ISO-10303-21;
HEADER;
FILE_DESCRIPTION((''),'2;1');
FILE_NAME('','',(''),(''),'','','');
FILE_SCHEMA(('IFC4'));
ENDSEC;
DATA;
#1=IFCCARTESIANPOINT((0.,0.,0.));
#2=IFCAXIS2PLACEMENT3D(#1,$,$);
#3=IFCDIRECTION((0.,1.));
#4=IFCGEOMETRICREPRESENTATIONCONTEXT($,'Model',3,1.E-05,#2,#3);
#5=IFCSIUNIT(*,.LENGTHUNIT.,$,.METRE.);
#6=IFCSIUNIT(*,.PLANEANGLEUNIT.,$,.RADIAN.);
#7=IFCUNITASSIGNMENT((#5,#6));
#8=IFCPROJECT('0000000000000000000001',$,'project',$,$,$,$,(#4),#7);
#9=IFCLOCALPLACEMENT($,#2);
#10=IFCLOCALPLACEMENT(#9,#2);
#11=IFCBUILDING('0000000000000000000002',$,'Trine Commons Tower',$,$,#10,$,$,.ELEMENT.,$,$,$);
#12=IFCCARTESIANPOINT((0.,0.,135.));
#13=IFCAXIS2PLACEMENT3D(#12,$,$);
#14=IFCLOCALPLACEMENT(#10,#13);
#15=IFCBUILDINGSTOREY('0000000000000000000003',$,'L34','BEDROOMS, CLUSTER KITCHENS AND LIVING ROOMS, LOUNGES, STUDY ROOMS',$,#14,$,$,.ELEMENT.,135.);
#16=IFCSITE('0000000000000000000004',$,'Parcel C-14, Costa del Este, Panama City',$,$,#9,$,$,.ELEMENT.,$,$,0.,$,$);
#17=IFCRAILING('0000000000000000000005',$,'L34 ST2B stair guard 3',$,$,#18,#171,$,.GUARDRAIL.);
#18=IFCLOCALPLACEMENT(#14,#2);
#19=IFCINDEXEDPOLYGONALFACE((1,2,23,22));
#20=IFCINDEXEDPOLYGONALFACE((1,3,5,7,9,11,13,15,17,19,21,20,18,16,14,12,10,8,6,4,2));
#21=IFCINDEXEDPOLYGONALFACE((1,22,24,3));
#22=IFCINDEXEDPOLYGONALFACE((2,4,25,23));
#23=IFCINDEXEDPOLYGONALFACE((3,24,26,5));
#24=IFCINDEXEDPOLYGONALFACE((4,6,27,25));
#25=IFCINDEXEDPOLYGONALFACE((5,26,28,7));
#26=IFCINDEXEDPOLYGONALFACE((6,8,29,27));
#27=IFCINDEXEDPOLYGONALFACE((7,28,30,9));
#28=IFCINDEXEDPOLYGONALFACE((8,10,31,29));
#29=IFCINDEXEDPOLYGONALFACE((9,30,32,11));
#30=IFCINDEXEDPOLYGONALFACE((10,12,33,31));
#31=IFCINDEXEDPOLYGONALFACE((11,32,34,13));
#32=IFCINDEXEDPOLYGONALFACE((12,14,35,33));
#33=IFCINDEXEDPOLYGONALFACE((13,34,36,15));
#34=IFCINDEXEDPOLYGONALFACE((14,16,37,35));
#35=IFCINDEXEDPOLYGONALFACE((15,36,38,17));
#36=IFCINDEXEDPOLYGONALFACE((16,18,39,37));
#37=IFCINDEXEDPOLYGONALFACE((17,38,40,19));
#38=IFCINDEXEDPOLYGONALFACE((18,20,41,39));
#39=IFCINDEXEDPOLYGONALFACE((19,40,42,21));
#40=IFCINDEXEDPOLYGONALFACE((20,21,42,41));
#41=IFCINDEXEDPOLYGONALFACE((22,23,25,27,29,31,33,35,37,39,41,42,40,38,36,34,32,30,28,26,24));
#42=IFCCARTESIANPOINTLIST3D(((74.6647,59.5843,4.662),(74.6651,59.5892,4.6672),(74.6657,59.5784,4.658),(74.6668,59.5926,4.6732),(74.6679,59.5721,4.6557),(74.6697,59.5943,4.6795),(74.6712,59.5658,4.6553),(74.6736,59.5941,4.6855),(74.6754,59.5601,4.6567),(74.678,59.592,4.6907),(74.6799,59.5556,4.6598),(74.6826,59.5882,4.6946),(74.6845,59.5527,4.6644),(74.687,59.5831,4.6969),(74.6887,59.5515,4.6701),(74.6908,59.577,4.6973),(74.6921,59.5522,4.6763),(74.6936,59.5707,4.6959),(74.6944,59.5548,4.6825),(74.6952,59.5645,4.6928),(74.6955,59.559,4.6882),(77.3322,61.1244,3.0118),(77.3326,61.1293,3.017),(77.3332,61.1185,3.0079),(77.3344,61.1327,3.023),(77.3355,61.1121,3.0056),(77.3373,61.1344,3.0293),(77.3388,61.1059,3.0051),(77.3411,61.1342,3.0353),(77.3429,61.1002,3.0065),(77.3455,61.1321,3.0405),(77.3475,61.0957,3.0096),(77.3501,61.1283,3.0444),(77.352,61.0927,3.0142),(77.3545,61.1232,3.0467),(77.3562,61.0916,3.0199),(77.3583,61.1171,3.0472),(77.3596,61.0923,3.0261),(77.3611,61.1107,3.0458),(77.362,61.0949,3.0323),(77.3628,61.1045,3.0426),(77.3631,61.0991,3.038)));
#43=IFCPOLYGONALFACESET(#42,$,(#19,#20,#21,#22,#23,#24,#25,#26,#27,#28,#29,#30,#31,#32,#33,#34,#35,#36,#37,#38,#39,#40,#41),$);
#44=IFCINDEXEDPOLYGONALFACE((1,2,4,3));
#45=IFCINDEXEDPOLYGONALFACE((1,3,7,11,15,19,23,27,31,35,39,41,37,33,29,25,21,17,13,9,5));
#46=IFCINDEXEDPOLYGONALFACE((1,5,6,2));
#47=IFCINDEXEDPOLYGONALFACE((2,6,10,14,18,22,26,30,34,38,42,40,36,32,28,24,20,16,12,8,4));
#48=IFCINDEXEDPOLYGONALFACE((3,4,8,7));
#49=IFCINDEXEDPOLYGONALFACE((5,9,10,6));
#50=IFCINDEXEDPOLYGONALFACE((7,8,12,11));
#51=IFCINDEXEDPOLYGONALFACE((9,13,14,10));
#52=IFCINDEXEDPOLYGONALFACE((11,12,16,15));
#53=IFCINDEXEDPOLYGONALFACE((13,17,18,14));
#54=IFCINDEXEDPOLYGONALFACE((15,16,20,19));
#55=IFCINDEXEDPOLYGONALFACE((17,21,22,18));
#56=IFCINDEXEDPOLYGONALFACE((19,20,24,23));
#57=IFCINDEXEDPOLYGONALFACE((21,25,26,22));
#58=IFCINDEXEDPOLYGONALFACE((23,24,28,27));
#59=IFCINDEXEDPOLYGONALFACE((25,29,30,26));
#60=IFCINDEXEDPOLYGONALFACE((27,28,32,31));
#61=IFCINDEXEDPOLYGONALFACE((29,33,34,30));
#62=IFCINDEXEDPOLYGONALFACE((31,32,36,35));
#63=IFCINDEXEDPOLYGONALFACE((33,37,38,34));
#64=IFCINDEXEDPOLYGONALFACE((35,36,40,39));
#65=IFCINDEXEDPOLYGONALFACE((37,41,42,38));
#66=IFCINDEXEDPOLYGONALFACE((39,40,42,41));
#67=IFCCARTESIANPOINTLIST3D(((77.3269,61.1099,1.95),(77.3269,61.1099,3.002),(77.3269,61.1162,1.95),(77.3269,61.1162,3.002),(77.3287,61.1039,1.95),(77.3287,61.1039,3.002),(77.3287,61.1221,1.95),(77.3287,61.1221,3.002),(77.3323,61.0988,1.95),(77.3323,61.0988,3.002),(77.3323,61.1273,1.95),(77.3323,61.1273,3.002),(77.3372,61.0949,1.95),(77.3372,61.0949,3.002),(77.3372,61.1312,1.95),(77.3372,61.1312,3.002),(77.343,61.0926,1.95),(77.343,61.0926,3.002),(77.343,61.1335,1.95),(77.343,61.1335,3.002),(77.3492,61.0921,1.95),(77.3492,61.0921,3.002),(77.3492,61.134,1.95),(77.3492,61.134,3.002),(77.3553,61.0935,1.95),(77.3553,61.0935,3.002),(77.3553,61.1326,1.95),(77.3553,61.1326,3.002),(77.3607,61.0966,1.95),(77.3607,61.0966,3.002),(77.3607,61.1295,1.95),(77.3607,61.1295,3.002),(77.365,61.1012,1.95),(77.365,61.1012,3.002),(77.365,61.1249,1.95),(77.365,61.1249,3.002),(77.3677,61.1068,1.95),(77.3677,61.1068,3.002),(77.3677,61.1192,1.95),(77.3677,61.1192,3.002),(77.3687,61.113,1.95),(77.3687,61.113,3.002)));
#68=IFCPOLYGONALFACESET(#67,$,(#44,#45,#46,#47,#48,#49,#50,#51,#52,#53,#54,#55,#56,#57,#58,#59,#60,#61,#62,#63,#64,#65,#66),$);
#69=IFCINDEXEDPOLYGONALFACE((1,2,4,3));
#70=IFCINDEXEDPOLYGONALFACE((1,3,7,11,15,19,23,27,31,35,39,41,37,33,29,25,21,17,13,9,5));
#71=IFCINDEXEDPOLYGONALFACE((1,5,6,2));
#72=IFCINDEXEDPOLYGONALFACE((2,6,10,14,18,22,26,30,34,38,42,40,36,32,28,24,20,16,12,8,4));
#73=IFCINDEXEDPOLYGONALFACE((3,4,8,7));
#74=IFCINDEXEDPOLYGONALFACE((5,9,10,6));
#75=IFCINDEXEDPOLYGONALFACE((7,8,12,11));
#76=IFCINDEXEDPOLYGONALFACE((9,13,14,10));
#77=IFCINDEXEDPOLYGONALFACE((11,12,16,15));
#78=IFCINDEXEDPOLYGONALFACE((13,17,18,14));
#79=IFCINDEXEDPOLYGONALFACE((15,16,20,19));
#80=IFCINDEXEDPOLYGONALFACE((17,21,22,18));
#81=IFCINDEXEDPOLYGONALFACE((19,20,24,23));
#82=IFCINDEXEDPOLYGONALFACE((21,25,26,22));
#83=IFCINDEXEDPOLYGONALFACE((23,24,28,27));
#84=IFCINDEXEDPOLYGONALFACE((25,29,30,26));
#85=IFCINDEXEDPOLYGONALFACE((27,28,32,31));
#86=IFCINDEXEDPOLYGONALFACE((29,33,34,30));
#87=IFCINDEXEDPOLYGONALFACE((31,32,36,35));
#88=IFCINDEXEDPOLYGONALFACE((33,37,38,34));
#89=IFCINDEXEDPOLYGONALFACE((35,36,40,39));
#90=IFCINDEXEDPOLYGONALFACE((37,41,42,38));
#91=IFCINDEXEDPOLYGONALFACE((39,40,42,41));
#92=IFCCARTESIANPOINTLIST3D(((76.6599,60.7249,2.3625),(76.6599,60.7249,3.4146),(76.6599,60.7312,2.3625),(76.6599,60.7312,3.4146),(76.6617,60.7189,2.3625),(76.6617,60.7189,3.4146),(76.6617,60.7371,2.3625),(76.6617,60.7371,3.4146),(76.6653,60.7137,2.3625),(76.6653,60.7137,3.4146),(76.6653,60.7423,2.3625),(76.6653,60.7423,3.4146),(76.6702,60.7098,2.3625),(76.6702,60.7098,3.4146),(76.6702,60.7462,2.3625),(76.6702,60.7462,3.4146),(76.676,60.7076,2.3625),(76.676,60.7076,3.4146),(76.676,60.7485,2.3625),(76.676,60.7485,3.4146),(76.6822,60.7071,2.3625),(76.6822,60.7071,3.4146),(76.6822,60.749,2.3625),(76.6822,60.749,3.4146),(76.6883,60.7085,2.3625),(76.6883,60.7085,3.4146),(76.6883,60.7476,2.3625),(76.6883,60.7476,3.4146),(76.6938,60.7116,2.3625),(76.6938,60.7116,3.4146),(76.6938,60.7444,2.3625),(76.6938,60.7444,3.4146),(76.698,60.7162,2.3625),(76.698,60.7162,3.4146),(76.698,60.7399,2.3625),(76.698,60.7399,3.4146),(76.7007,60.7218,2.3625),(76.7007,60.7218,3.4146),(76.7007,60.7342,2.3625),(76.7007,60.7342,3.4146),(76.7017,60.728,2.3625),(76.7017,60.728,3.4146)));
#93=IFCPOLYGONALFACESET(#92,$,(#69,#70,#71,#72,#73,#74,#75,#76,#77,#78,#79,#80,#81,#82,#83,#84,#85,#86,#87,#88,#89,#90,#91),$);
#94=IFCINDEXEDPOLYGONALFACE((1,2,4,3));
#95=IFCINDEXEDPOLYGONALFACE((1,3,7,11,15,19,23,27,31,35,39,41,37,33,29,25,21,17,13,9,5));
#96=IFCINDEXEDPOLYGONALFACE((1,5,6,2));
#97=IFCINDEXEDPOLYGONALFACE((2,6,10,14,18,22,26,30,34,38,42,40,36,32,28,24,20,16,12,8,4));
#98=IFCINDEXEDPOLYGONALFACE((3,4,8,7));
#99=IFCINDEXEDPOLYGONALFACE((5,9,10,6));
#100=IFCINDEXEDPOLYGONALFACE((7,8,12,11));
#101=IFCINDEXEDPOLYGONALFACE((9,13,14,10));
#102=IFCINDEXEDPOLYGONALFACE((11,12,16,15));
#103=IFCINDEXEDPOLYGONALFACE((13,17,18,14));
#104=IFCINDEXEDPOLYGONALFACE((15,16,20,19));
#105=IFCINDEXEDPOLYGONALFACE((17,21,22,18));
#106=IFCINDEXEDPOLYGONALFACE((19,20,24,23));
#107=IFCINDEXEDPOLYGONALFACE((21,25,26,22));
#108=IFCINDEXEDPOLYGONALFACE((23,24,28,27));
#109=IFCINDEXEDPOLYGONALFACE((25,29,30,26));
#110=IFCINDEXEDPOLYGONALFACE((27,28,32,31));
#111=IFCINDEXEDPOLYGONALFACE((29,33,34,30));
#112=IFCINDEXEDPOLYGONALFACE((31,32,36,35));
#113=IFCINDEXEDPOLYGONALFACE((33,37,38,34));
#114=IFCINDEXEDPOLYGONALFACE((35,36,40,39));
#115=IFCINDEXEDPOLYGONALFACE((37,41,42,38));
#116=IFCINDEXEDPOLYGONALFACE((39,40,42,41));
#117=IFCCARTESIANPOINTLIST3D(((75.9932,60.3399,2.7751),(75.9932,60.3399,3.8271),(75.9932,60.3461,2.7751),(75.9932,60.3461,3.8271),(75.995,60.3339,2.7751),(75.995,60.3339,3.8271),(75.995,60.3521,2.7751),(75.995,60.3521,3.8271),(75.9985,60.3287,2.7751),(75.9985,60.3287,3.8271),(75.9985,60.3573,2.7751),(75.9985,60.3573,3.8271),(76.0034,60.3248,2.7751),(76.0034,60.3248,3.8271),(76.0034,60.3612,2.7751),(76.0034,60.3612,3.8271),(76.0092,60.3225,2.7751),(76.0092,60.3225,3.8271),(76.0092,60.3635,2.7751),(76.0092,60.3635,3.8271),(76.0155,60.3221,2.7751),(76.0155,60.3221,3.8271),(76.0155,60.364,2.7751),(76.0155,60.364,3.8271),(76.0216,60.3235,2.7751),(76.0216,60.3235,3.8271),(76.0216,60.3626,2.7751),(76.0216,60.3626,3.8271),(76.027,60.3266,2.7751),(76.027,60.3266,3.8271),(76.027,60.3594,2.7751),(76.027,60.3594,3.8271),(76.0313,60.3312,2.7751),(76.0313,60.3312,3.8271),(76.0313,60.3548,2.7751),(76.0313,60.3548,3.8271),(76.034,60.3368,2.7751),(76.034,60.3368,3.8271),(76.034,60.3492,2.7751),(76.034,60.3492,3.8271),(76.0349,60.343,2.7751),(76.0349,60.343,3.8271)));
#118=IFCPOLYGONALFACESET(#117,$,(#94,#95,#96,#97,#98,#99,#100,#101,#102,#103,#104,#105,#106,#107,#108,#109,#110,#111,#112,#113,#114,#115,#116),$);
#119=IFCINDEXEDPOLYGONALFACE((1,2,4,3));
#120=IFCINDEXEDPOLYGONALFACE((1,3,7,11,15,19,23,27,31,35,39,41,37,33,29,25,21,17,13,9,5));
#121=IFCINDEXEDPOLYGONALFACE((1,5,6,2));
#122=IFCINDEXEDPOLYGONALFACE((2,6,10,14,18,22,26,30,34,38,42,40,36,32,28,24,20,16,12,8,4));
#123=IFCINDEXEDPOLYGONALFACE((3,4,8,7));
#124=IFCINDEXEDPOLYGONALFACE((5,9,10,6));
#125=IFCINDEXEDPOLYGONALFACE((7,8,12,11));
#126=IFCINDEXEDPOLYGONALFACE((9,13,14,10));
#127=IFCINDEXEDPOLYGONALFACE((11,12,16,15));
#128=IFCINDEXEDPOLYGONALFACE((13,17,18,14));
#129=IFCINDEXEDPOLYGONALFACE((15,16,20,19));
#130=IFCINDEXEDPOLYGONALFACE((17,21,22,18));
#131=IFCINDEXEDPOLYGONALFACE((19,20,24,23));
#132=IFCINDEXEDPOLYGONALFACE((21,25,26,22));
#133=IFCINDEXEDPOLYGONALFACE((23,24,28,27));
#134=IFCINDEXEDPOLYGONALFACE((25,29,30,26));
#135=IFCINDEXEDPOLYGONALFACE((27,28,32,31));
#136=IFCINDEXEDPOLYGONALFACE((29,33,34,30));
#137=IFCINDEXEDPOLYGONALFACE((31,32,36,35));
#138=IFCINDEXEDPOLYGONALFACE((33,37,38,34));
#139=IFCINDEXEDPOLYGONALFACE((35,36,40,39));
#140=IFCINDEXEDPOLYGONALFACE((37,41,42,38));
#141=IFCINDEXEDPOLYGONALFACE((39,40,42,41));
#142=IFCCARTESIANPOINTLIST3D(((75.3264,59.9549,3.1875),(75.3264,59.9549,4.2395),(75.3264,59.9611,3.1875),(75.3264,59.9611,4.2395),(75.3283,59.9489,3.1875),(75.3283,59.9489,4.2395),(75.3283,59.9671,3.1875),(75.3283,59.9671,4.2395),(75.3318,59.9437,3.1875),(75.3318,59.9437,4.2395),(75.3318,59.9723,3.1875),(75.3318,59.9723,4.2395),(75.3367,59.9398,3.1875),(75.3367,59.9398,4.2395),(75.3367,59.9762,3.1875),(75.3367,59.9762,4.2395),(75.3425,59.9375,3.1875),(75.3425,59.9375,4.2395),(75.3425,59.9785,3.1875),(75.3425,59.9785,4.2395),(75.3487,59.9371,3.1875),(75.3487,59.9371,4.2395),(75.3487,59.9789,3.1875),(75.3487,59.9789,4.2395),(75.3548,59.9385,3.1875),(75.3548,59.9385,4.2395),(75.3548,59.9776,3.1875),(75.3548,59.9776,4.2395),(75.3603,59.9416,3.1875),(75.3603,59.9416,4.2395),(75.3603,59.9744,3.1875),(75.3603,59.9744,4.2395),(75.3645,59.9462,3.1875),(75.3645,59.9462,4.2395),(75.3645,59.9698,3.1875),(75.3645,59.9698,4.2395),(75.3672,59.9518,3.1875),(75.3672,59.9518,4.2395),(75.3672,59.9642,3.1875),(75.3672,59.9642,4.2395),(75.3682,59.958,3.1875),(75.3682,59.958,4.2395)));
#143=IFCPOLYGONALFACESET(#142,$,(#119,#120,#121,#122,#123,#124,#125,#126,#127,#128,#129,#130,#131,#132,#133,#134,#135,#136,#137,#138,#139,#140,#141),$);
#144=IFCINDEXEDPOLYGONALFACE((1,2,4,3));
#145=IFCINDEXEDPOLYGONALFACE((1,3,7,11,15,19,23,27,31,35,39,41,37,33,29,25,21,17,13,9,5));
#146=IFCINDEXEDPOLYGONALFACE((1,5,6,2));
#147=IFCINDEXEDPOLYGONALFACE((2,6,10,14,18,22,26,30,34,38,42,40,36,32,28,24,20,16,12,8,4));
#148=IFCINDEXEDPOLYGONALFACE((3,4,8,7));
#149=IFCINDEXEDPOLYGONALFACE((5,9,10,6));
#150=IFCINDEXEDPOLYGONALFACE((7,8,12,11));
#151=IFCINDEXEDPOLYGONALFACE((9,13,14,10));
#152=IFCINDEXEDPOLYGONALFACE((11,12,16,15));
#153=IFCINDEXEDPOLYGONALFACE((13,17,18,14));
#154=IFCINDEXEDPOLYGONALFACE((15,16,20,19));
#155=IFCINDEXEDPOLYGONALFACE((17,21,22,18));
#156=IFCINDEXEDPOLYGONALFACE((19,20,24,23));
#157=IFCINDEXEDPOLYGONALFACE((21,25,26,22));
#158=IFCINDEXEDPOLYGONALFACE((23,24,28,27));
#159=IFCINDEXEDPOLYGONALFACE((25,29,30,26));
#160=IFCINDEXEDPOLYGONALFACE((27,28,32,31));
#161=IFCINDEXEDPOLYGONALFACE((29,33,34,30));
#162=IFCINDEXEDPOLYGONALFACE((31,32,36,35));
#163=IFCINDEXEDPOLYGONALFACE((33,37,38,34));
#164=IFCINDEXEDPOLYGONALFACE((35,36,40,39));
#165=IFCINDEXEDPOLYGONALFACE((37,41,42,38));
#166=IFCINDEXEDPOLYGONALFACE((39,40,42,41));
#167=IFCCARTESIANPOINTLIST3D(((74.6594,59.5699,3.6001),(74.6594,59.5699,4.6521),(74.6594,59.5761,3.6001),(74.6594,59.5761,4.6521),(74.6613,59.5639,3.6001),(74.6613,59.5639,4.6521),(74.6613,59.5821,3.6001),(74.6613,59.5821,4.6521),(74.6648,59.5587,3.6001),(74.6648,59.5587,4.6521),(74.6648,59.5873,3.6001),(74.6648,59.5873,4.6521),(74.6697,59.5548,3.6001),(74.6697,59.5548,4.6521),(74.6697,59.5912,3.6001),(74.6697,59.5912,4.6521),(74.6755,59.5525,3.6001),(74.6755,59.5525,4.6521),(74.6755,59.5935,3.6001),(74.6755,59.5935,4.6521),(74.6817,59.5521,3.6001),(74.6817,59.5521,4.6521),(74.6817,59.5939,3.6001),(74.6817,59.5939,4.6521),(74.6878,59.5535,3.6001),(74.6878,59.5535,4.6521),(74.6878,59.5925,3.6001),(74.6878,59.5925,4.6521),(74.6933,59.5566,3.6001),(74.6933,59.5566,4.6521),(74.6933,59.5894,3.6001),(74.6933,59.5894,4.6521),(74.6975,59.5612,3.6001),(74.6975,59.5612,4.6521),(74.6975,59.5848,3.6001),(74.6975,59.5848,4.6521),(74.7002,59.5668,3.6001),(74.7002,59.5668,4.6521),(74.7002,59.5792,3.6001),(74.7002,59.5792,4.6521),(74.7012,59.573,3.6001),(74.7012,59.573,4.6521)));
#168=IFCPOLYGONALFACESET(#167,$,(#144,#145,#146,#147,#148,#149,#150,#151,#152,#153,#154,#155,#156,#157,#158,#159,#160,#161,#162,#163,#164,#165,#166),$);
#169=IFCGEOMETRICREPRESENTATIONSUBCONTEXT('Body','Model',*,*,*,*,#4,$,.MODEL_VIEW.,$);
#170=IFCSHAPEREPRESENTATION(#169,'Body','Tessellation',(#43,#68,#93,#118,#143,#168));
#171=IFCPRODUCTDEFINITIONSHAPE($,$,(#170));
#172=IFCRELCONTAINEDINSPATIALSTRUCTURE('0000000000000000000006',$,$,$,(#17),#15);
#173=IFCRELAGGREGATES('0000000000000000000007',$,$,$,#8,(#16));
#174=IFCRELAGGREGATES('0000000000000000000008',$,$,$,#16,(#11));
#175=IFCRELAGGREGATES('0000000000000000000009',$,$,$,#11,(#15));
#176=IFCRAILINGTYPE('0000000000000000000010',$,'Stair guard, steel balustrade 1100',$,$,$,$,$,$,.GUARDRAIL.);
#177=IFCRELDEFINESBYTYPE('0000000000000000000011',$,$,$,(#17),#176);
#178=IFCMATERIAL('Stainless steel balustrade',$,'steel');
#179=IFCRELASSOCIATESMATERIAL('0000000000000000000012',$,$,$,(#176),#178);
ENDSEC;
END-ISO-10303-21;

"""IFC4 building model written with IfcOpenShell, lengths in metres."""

from ifc_helpers import new_model, si_unit, direction, frame, origin, origin_2d, place, context, subcontext, project, spatial, circle, extrude, material, type_object, element, save


model = new_model("IFC4")

# Units and contexts
model_context = context("Model", 3, precision=1e-05, world=origin(), true_north=direction((0.0, 1.0)))
body_context = subcontext(model_context, "Body", "Model", "MODEL_VIEW")
ifc_project = project(units=[si_unit("LENGTHUNIT", "METRE"), si_unit("PLANEANGLEUNIT", "RADIAN")], contexts=[model_context])

# Site, building, storey
site_placement = place(None, origin())
site = spatial("IfcSite", under=ifc_project, at=site_placement, Name="Parcel C-14, Costa del Este, Panama City", CompositionType="ELEMENT", RefElevation=0.0)
building_placement = place(site_placement, origin())
building = spatial("IfcBuilding", under=site, at=building_placement, Name="Trine Commons Tower", CompositionType="ELEMENT")
storey_placement = place(building_placement, frame((0.0, 0.0, 135.0)))
storey = spatial("IfcBuildingStorey", under=building, at=storey_placement, Name="L34", Description="BEDROOMS, CLUSTER KITCHENS AND LIVING ROOMS, LOUNGES, STUDY ROOMS", CompositionType="ELEMENT", Elevation=135.0)

# Railing
ifc_material_1 = material(Name="Stainless steel balustrade", Category="steel")
railing_type_1 = type_object("IfcRailingType", Name="Stair guard, steel balustrade 1100", PredefinedType="GUARDRAIL", material=ifc_material_1)
railing_1_placement = place(storey_placement, frame((77.3477, 61.113, 1.95)))
element("IfcRailing", 1, at=railing_1_placement, inside=storey, type_object=railing_type_1, Name="L34 ST2B stair guard 3", PredefinedType="GUARDRAIL", context=body_context, shape_type="SweptSolid", body=[
    extrude(circle(Radius=0.0239, at=origin_2d()), frame((0.0, 0.0, 1.0762), z_axis=(-0.76338, -0.440728, 0.472239), x_axis=(0.499992, -0.86603, 0.0)), (0.0, 0.0, 1.0), 3.4944),
    extrude(circle(Radius=0.021, at=origin_2d()), origin(), (0.0, 0.0, 1.0), 1.052),
    extrude(circle(Radius=0.021, at=origin_2d()), frame((-0.667, -0.385, 0.4126)), (0.0, 0.0, 1.0), 1.052),
    extrude(circle(Radius=0.021, at=origin_2d()), frame((-1.3337, -0.77, 0.8252)), (0.0, 0.0, 1.0), 1.052),
    extrude(circle(Radius=0.021, at=origin_2d()), frame((-2.0005, -1.155, 1.2375)), (0.0, 0.0, 1.0), 1.052),
    extrude(circle(Radius=0.021, at=origin_2d()), frame((-2.6675, -1.54, 1.6501)), (0.0, 0.0, 1.0), 1.052),
])

save(model, "model.ifc")
